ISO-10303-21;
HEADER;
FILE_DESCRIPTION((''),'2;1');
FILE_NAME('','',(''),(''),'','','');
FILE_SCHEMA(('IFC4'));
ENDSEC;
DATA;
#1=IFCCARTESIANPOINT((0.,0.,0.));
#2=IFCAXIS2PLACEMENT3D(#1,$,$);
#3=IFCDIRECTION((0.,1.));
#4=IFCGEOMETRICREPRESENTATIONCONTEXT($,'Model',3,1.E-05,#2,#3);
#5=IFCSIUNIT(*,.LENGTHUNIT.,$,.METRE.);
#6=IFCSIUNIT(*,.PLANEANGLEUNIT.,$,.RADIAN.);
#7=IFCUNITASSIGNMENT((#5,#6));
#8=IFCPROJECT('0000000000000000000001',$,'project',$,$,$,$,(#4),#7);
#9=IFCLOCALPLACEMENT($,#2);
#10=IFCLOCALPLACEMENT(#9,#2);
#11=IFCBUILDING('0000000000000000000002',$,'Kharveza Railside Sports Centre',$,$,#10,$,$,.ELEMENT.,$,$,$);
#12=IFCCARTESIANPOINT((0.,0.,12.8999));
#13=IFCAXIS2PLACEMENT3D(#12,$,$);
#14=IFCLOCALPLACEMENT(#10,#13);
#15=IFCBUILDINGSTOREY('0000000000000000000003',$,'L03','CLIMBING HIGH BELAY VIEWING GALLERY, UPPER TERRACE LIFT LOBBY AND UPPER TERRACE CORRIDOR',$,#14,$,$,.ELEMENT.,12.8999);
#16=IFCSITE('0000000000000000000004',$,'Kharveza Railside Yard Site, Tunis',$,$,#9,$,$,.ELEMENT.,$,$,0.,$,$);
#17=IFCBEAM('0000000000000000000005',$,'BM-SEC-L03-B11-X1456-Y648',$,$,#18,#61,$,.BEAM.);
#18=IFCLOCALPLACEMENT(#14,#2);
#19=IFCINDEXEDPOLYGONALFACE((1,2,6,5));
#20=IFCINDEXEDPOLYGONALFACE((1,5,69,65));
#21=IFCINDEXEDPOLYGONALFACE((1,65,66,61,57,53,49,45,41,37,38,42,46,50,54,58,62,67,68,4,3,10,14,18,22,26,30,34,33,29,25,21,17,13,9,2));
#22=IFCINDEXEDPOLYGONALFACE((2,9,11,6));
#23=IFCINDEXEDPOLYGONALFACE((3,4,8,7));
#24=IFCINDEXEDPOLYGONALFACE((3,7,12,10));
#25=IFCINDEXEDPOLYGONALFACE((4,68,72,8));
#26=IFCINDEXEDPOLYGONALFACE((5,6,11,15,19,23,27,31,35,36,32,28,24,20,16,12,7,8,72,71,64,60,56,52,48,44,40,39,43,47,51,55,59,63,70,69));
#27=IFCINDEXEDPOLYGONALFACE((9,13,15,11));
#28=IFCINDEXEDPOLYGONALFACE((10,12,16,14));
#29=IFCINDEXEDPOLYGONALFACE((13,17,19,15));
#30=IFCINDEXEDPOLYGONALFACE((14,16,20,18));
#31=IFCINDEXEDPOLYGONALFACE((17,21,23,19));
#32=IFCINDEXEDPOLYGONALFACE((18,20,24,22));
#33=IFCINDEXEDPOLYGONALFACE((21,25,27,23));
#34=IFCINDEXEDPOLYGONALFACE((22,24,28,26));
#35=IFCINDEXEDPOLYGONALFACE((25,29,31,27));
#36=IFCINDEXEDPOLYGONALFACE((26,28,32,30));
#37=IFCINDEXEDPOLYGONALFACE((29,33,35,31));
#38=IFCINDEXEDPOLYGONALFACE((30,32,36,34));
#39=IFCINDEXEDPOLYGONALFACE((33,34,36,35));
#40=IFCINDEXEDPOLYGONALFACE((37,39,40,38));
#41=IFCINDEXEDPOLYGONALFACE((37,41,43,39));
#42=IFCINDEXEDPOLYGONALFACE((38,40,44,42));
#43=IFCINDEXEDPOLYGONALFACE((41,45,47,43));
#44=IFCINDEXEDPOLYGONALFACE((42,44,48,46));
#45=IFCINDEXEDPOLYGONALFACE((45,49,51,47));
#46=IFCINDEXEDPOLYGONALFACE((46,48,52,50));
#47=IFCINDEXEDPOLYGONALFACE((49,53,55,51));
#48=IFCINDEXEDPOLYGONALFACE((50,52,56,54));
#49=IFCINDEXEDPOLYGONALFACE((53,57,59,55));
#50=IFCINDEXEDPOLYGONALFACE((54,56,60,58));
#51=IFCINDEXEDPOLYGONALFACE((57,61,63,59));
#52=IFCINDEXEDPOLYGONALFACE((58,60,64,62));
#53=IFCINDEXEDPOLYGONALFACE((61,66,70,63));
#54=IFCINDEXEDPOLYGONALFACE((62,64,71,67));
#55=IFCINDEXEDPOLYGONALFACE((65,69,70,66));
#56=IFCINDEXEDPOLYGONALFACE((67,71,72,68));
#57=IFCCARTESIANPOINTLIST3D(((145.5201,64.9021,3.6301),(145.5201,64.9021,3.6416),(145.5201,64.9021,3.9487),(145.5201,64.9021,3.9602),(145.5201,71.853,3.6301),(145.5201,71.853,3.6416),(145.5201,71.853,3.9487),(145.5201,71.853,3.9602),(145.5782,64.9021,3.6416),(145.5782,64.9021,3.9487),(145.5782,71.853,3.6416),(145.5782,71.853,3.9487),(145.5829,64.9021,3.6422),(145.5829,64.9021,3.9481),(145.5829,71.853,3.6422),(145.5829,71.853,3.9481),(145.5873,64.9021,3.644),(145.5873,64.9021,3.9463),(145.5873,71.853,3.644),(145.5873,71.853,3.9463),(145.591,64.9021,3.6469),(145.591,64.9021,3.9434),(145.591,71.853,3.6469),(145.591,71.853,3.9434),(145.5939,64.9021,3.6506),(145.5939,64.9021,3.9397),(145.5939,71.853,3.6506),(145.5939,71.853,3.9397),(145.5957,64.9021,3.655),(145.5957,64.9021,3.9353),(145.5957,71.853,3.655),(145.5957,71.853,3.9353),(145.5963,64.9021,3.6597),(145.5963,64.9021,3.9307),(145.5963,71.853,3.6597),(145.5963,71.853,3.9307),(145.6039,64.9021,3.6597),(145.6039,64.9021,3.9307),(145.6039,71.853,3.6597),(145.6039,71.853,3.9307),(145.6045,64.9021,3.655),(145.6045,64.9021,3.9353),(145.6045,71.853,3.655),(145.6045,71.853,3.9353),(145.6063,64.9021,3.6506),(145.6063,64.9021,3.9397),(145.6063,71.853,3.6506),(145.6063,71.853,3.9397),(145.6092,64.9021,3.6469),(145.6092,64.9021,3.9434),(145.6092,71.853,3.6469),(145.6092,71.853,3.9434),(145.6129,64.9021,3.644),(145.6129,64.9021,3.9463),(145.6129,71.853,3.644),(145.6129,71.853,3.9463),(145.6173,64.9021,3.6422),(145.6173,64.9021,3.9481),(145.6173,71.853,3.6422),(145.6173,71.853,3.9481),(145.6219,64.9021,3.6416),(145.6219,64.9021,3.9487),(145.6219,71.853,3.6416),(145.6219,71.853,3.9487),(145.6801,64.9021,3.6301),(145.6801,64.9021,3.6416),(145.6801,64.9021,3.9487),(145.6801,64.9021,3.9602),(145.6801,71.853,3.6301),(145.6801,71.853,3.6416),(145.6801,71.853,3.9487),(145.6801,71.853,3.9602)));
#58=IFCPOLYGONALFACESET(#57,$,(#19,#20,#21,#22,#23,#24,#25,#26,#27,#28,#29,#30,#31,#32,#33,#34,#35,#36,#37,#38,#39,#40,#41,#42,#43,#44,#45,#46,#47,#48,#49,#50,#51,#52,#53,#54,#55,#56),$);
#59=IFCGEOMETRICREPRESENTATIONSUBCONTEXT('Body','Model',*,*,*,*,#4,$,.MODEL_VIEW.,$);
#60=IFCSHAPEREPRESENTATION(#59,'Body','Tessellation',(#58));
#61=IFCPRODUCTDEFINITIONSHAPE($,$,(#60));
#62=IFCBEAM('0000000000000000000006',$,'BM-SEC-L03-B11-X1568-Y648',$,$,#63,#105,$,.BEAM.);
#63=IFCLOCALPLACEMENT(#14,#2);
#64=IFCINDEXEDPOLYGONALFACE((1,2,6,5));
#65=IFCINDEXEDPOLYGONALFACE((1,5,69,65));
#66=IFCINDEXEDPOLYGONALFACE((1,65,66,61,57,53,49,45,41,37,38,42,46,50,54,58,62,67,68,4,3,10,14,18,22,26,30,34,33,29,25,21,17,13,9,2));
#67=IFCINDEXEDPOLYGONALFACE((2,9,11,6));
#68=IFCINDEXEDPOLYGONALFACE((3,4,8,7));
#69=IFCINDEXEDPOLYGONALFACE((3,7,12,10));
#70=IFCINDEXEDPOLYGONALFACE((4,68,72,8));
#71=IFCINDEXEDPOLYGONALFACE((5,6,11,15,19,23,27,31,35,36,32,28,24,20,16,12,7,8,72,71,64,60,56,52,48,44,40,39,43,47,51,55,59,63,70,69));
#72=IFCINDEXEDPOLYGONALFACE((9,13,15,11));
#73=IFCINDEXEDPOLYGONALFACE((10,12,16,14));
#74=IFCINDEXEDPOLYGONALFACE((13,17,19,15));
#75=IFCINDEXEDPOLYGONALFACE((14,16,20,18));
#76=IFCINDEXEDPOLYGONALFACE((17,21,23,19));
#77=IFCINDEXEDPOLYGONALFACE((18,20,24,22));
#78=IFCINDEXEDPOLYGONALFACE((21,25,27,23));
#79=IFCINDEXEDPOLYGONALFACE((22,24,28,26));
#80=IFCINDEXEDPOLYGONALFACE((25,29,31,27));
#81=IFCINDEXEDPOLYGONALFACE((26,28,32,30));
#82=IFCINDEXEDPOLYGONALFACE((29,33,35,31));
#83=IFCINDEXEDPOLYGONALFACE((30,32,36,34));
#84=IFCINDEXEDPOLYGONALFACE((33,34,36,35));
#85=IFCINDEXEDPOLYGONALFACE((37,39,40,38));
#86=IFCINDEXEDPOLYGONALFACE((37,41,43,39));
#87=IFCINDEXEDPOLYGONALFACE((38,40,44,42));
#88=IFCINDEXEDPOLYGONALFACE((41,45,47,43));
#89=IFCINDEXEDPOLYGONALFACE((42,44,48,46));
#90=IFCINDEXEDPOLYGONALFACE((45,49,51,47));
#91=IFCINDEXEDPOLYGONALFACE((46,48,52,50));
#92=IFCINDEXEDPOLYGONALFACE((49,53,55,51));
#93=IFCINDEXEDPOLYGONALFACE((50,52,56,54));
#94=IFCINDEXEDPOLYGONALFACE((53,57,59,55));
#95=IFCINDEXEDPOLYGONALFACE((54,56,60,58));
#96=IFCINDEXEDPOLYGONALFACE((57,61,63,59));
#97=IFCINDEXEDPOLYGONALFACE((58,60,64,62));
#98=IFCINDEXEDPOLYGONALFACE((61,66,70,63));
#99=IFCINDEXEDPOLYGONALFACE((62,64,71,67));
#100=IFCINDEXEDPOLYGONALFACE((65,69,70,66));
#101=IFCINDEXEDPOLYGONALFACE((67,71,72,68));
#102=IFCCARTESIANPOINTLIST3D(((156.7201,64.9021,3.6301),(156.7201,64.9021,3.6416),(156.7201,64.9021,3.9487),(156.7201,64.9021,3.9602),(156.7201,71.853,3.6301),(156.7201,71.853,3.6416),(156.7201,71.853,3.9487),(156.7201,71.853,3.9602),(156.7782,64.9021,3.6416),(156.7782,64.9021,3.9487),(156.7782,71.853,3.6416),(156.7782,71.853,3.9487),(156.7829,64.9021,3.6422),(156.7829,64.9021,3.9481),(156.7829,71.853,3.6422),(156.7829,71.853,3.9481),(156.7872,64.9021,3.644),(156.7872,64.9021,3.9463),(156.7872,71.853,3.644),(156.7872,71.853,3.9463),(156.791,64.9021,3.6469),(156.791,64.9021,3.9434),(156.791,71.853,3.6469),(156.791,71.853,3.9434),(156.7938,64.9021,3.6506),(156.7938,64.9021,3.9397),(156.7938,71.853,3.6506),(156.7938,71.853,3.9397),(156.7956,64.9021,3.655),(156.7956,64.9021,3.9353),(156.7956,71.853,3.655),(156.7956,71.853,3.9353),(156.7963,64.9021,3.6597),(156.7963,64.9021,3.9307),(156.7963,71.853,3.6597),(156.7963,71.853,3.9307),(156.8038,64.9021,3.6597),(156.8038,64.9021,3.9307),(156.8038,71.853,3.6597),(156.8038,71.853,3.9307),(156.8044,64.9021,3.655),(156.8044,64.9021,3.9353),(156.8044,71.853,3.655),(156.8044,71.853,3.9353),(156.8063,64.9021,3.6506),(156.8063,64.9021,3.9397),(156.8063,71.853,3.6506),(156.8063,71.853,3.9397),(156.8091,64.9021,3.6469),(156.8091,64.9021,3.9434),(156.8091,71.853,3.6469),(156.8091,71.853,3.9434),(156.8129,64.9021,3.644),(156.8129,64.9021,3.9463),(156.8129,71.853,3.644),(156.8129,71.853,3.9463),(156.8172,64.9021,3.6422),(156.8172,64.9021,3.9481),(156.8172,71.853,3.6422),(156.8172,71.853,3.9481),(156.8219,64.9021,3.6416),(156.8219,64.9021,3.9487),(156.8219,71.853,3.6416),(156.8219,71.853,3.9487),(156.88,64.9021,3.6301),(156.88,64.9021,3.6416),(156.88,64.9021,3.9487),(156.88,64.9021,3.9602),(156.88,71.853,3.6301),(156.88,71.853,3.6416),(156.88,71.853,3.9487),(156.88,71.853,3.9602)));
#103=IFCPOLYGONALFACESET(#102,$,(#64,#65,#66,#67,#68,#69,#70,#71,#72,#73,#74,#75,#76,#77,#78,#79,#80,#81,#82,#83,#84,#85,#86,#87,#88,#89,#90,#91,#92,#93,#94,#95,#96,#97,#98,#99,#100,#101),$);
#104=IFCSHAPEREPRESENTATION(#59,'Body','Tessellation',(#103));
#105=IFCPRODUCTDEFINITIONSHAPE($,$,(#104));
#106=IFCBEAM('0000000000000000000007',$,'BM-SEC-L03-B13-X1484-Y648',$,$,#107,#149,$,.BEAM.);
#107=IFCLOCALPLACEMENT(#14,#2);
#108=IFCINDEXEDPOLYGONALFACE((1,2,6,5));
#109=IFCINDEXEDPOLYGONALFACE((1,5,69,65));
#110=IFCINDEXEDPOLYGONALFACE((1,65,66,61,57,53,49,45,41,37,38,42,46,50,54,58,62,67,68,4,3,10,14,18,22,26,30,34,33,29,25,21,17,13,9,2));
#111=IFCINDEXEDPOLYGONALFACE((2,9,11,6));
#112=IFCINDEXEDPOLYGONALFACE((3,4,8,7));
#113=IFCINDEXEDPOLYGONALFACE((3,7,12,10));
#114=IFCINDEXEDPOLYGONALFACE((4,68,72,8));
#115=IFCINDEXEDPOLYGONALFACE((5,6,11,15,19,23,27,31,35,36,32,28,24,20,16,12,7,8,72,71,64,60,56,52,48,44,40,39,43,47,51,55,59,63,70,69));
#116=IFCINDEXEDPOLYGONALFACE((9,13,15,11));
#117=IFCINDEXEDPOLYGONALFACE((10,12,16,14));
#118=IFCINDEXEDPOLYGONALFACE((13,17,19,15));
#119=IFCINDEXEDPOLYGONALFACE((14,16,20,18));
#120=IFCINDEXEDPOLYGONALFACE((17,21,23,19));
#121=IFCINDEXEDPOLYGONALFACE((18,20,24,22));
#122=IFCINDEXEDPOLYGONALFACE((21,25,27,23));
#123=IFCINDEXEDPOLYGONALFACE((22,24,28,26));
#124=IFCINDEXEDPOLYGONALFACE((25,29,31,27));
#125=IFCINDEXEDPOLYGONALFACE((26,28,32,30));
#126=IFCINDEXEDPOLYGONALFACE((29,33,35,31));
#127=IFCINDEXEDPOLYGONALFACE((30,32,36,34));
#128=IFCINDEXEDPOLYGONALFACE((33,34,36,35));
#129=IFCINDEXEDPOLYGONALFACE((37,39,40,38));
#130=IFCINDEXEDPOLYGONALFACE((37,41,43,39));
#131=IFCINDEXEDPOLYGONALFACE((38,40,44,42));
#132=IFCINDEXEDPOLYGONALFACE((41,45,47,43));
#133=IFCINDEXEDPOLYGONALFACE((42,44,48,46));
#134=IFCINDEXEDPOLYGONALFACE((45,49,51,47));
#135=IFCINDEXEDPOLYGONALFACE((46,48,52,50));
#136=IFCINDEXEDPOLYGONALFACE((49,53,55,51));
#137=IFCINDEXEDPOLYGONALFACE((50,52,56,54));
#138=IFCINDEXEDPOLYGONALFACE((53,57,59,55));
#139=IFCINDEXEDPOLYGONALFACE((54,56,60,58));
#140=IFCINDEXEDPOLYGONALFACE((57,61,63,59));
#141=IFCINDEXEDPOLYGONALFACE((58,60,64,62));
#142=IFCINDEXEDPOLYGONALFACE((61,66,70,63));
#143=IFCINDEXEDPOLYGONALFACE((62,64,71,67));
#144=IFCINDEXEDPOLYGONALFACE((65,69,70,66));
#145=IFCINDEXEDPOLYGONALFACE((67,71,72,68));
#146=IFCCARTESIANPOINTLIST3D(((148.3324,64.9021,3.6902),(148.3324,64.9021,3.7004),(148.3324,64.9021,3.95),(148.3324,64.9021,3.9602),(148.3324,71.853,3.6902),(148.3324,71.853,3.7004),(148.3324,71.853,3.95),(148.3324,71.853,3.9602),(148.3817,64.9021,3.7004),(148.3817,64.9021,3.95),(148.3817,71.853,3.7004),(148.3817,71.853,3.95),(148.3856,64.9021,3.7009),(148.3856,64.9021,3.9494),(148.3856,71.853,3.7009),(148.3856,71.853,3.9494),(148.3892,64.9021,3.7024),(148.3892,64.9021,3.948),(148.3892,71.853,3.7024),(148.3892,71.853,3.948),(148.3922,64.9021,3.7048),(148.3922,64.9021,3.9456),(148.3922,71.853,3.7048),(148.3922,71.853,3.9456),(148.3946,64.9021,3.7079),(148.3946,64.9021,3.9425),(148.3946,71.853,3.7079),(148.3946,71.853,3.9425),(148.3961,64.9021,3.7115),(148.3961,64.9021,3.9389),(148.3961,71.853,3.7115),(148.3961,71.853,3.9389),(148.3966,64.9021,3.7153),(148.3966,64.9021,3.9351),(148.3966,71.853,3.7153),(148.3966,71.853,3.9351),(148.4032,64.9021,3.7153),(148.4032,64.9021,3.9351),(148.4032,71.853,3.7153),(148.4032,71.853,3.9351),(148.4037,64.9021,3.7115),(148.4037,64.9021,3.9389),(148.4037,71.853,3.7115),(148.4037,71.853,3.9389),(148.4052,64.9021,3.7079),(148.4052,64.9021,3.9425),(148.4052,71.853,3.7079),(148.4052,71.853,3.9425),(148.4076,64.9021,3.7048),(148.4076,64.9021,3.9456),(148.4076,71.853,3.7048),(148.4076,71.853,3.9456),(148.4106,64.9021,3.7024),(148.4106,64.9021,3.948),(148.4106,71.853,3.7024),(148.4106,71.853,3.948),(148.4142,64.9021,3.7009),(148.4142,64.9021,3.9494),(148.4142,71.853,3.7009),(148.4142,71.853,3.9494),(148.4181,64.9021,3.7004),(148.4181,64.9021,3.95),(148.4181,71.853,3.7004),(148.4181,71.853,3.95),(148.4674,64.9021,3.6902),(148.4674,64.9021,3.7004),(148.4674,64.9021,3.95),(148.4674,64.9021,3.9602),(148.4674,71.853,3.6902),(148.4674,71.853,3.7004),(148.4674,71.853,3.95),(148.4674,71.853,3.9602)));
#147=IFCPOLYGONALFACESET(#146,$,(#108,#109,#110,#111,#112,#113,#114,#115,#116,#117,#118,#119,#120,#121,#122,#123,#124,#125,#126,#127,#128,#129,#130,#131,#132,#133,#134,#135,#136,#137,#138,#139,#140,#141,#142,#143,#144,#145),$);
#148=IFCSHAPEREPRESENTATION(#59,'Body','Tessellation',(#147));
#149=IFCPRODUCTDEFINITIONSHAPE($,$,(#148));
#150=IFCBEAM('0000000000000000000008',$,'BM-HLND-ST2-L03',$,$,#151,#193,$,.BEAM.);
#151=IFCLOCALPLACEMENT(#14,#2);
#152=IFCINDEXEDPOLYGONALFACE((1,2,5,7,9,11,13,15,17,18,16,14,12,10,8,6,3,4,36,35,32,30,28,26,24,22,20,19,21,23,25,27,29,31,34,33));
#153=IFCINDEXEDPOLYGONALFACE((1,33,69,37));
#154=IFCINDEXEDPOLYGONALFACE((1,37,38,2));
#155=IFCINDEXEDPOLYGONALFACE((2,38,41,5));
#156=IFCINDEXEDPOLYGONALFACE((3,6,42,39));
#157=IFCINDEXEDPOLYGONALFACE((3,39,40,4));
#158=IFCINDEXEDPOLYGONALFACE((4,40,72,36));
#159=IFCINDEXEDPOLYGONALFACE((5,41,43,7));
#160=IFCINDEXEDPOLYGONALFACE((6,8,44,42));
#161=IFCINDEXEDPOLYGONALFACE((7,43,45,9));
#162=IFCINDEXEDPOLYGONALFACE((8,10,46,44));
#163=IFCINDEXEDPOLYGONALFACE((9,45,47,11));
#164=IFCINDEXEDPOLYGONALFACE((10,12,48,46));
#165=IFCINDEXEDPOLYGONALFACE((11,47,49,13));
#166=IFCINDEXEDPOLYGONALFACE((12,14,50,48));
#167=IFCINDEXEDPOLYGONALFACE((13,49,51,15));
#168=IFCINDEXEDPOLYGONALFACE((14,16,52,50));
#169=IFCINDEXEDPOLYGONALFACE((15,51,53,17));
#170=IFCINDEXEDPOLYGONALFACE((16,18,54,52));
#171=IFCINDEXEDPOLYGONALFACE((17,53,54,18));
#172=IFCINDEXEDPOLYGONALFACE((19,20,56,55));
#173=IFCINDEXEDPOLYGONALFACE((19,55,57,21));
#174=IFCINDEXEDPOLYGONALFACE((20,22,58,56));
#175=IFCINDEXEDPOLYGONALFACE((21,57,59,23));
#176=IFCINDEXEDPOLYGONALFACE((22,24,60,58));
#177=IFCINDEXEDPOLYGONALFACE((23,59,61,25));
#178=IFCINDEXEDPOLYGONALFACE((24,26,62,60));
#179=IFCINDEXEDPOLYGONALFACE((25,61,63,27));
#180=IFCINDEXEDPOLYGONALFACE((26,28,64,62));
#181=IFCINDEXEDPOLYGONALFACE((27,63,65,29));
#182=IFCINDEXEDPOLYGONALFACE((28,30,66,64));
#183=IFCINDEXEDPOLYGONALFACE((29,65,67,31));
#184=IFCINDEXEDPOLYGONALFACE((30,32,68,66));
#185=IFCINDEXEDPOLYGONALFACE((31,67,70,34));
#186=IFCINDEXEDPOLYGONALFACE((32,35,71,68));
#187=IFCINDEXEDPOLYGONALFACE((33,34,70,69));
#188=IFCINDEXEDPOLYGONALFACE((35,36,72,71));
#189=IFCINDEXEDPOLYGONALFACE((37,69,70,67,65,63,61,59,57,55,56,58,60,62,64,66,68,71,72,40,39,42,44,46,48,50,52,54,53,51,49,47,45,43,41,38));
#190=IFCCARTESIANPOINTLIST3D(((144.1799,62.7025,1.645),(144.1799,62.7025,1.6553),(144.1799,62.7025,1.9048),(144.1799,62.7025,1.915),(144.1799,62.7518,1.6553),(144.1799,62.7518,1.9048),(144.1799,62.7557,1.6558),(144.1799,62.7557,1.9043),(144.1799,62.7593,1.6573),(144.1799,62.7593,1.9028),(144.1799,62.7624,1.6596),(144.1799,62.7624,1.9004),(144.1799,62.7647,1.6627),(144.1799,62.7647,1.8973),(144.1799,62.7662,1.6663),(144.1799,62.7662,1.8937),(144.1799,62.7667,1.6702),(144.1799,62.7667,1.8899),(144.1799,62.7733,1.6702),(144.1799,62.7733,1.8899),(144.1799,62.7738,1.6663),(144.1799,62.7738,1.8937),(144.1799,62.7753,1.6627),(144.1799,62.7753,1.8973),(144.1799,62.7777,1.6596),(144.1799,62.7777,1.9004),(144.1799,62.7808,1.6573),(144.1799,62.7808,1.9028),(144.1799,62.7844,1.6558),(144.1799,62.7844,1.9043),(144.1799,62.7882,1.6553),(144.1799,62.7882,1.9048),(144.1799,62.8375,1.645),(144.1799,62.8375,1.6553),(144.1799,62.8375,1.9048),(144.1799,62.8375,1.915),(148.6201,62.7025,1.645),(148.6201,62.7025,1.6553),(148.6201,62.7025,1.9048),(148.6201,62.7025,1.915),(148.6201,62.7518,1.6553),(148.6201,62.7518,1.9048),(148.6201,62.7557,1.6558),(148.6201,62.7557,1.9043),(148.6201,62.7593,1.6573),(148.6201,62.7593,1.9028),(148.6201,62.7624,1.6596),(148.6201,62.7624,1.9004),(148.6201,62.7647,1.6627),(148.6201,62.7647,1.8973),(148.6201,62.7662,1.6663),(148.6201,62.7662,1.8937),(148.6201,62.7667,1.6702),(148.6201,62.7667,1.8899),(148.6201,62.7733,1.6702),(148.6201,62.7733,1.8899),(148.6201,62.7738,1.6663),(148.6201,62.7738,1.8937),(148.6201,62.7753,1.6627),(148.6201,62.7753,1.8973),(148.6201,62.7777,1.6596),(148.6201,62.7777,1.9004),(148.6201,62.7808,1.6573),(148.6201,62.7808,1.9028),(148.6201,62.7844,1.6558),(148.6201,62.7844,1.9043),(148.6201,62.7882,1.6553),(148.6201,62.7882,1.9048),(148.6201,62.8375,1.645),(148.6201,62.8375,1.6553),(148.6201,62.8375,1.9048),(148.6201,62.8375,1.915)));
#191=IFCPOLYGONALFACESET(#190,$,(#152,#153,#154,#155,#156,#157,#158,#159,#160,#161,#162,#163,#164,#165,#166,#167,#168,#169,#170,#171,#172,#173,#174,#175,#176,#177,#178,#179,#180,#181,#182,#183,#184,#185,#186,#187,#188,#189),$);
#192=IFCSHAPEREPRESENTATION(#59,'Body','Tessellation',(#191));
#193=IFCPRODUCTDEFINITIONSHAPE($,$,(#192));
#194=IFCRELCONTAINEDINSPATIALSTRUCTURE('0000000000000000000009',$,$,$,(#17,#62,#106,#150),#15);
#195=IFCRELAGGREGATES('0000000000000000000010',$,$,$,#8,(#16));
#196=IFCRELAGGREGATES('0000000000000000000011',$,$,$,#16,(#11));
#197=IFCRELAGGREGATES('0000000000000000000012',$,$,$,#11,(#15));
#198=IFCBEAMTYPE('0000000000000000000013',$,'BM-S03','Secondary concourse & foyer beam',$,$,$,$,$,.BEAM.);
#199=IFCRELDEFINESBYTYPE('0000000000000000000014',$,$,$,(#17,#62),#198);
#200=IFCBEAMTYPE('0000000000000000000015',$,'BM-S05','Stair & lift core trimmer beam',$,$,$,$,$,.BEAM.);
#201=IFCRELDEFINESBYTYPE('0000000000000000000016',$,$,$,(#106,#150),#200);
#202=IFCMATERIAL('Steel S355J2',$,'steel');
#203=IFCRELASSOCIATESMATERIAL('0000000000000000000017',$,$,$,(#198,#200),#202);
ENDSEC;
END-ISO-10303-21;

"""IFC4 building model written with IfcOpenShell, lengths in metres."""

from ifc_helpers import new_model, si_unit, direction, frame, origin, origin_2d, place, context, subcontext, project, spatial, i_section, extrude, material, material_profile, profile_set, type_object, element, save


model = new_model("IFC4")

# Units and contexts
model_context = context("Model", 3, precision=1e-05, world=origin(), true_north=direction((0.0, 1.0)))
body_context = subcontext(model_context, "Body", "Model", "MODEL_VIEW")
ifc_project = project(units=[si_unit("LENGTHUNIT", "METRE"), si_unit("PLANEANGLEUNIT", "RADIAN")], contexts=[model_context])

# Site, building, storey
site_placement = place(None, origin())
site = spatial("IfcSite", under=ifc_project, at=site_placement, Name="Kharveza Railside Yard Site, Tunis", CompositionType="ELEMENT", RefElevation=0.0)
building_placement = place(site_placement, origin())
building = spatial("IfcBuilding", under=site, at=building_placement, Name="Kharveza Railside Sports Centre", CompositionType="ELEMENT")
storey_placement = place(building_placement, frame((0.0, 0.0, 12.8999)))
storey = spatial("IfcBuildingStorey", under=building, at=storey_placement, Name="L03", Description="CLIMBING HIGH BELAY VIEWING GALLERY, UPPER TERRACE LIFT LOBBY AND UPPER TERRACE CORRIDOR", CompositionType="ELEMENT", Elevation=12.8999)

# Shared definitions
ifc_material_1 = material(Name="Steel S355J2", Category="steel")

# Beams
ifc_material_profile_1 = material_profile(ifc_material_1, i_section(OverallWidth=0.1599, OverallDepth=0.3301, WebThickness=0.0076, FlangeThickness=0.0115, FilletRadius=0.0181, at=origin_2d()), Name="IPE 330")
ifc_profile_set_1 = profile_set([ifc_material_profile_1], Name="Steel S355J2")
beam_type_1 = type_object("IfcBeamType", Name="BM-S03", Description="Secondary concourse & foyer beam", PredefinedType="BEAM", material=ifc_profile_set_1)
for number, where, z_axis, x_axis, name in (
    (1, (145.6001, 64.9021, 3.7952), (0.0, 1.0, 0.0), (-1.0, 0.0, 0.0), "BM-SEC-L03-B11-X1456-Y648"),
    (2, (156.8, 64.9021, 3.7952), (0.0, 1.0, 0.0), (-1.0, 0.0, 0.0), "BM-SEC-L03-B11-X1568-Y648"),
):
    element("IfcBeam", number, at=place(storey_placement, frame(where, z_axis=z_axis, x_axis=x_axis)), inside=storey, type_object=beam_type_1, Name=name, PredefinedType="BEAM", context=body_context, shape_type="SweptSolid", body=[
        extrude(i_section(OverallWidth=0.1599, OverallDepth=0.3301, WebThickness=0.0076, FlangeThickness=0.0115, FilletRadius=0.0181, at=origin_2d()), origin(), (0.0, 0.0, 1.0), 6.9509),
    ])
ifc_material_profile_2 = material_profile(ifc_material_1, i_section(OverallWidth=0.135, OverallDepth=0.27, WebThickness=0.0066, FlangeThickness=0.0103, FilletRadius=0.0149, at=origin_2d()), Name="IPE 270")
ifc_profile_set_2 = profile_set([ifc_material_profile_2], Name="Steel S355J2")
beam_type_2 = type_object("IfcBeamType", Name="BM-S05", Description="Stair & lift core trimmer beam", PredefinedType="BEAM", material=ifc_profile_set_2)
beam_1_placement = place(storey_placement, frame((148.3999, 64.9021, 3.8252), z_axis=(0.0, 1.0, 0.0), x_axis=(-1.0, 0.0, 0.0)))
element("IfcBeam", 3, at=beam_1_placement, inside=storey, type_object=beam_type_2, Name="BM-SEC-L03-B13-X1484-Y648", PredefinedType="BEAM", context=body_context, shape_type="SweptSolid", body=[
    extrude(i_section(OverallWidth=0.135, OverallDepth=0.27, WebThickness=0.0066, FlangeThickness=0.0103, FilletRadius=0.0149, at=origin_2d()), origin(), (0.0, 0.0, 1.0), 6.9509),
])
beam_2_placement = place(storey_placement, frame((144.1799, 62.77, 1.78), z_axis=(1.0, 0.0, 0.0), x_axis=(0.0, 1.0, 0.0)))
element("IfcBeam", 4, at=beam_2_placement, inside=storey, type_object=beam_type_2, Name="BM-HLND-ST2-L03", PredefinedType="BEAM", context=body_context, shape_type="SweptSolid", body=[
    extrude(i_section(OverallWidth=0.135, OverallDepth=0.27, WebThickness=0.0066, FlangeThickness=0.0103, FilletRadius=0.0149, at=origin_2d()), origin(), (0.0, 0.0, 1.0), 4.4402),
])

save(model, "model.ifc")
